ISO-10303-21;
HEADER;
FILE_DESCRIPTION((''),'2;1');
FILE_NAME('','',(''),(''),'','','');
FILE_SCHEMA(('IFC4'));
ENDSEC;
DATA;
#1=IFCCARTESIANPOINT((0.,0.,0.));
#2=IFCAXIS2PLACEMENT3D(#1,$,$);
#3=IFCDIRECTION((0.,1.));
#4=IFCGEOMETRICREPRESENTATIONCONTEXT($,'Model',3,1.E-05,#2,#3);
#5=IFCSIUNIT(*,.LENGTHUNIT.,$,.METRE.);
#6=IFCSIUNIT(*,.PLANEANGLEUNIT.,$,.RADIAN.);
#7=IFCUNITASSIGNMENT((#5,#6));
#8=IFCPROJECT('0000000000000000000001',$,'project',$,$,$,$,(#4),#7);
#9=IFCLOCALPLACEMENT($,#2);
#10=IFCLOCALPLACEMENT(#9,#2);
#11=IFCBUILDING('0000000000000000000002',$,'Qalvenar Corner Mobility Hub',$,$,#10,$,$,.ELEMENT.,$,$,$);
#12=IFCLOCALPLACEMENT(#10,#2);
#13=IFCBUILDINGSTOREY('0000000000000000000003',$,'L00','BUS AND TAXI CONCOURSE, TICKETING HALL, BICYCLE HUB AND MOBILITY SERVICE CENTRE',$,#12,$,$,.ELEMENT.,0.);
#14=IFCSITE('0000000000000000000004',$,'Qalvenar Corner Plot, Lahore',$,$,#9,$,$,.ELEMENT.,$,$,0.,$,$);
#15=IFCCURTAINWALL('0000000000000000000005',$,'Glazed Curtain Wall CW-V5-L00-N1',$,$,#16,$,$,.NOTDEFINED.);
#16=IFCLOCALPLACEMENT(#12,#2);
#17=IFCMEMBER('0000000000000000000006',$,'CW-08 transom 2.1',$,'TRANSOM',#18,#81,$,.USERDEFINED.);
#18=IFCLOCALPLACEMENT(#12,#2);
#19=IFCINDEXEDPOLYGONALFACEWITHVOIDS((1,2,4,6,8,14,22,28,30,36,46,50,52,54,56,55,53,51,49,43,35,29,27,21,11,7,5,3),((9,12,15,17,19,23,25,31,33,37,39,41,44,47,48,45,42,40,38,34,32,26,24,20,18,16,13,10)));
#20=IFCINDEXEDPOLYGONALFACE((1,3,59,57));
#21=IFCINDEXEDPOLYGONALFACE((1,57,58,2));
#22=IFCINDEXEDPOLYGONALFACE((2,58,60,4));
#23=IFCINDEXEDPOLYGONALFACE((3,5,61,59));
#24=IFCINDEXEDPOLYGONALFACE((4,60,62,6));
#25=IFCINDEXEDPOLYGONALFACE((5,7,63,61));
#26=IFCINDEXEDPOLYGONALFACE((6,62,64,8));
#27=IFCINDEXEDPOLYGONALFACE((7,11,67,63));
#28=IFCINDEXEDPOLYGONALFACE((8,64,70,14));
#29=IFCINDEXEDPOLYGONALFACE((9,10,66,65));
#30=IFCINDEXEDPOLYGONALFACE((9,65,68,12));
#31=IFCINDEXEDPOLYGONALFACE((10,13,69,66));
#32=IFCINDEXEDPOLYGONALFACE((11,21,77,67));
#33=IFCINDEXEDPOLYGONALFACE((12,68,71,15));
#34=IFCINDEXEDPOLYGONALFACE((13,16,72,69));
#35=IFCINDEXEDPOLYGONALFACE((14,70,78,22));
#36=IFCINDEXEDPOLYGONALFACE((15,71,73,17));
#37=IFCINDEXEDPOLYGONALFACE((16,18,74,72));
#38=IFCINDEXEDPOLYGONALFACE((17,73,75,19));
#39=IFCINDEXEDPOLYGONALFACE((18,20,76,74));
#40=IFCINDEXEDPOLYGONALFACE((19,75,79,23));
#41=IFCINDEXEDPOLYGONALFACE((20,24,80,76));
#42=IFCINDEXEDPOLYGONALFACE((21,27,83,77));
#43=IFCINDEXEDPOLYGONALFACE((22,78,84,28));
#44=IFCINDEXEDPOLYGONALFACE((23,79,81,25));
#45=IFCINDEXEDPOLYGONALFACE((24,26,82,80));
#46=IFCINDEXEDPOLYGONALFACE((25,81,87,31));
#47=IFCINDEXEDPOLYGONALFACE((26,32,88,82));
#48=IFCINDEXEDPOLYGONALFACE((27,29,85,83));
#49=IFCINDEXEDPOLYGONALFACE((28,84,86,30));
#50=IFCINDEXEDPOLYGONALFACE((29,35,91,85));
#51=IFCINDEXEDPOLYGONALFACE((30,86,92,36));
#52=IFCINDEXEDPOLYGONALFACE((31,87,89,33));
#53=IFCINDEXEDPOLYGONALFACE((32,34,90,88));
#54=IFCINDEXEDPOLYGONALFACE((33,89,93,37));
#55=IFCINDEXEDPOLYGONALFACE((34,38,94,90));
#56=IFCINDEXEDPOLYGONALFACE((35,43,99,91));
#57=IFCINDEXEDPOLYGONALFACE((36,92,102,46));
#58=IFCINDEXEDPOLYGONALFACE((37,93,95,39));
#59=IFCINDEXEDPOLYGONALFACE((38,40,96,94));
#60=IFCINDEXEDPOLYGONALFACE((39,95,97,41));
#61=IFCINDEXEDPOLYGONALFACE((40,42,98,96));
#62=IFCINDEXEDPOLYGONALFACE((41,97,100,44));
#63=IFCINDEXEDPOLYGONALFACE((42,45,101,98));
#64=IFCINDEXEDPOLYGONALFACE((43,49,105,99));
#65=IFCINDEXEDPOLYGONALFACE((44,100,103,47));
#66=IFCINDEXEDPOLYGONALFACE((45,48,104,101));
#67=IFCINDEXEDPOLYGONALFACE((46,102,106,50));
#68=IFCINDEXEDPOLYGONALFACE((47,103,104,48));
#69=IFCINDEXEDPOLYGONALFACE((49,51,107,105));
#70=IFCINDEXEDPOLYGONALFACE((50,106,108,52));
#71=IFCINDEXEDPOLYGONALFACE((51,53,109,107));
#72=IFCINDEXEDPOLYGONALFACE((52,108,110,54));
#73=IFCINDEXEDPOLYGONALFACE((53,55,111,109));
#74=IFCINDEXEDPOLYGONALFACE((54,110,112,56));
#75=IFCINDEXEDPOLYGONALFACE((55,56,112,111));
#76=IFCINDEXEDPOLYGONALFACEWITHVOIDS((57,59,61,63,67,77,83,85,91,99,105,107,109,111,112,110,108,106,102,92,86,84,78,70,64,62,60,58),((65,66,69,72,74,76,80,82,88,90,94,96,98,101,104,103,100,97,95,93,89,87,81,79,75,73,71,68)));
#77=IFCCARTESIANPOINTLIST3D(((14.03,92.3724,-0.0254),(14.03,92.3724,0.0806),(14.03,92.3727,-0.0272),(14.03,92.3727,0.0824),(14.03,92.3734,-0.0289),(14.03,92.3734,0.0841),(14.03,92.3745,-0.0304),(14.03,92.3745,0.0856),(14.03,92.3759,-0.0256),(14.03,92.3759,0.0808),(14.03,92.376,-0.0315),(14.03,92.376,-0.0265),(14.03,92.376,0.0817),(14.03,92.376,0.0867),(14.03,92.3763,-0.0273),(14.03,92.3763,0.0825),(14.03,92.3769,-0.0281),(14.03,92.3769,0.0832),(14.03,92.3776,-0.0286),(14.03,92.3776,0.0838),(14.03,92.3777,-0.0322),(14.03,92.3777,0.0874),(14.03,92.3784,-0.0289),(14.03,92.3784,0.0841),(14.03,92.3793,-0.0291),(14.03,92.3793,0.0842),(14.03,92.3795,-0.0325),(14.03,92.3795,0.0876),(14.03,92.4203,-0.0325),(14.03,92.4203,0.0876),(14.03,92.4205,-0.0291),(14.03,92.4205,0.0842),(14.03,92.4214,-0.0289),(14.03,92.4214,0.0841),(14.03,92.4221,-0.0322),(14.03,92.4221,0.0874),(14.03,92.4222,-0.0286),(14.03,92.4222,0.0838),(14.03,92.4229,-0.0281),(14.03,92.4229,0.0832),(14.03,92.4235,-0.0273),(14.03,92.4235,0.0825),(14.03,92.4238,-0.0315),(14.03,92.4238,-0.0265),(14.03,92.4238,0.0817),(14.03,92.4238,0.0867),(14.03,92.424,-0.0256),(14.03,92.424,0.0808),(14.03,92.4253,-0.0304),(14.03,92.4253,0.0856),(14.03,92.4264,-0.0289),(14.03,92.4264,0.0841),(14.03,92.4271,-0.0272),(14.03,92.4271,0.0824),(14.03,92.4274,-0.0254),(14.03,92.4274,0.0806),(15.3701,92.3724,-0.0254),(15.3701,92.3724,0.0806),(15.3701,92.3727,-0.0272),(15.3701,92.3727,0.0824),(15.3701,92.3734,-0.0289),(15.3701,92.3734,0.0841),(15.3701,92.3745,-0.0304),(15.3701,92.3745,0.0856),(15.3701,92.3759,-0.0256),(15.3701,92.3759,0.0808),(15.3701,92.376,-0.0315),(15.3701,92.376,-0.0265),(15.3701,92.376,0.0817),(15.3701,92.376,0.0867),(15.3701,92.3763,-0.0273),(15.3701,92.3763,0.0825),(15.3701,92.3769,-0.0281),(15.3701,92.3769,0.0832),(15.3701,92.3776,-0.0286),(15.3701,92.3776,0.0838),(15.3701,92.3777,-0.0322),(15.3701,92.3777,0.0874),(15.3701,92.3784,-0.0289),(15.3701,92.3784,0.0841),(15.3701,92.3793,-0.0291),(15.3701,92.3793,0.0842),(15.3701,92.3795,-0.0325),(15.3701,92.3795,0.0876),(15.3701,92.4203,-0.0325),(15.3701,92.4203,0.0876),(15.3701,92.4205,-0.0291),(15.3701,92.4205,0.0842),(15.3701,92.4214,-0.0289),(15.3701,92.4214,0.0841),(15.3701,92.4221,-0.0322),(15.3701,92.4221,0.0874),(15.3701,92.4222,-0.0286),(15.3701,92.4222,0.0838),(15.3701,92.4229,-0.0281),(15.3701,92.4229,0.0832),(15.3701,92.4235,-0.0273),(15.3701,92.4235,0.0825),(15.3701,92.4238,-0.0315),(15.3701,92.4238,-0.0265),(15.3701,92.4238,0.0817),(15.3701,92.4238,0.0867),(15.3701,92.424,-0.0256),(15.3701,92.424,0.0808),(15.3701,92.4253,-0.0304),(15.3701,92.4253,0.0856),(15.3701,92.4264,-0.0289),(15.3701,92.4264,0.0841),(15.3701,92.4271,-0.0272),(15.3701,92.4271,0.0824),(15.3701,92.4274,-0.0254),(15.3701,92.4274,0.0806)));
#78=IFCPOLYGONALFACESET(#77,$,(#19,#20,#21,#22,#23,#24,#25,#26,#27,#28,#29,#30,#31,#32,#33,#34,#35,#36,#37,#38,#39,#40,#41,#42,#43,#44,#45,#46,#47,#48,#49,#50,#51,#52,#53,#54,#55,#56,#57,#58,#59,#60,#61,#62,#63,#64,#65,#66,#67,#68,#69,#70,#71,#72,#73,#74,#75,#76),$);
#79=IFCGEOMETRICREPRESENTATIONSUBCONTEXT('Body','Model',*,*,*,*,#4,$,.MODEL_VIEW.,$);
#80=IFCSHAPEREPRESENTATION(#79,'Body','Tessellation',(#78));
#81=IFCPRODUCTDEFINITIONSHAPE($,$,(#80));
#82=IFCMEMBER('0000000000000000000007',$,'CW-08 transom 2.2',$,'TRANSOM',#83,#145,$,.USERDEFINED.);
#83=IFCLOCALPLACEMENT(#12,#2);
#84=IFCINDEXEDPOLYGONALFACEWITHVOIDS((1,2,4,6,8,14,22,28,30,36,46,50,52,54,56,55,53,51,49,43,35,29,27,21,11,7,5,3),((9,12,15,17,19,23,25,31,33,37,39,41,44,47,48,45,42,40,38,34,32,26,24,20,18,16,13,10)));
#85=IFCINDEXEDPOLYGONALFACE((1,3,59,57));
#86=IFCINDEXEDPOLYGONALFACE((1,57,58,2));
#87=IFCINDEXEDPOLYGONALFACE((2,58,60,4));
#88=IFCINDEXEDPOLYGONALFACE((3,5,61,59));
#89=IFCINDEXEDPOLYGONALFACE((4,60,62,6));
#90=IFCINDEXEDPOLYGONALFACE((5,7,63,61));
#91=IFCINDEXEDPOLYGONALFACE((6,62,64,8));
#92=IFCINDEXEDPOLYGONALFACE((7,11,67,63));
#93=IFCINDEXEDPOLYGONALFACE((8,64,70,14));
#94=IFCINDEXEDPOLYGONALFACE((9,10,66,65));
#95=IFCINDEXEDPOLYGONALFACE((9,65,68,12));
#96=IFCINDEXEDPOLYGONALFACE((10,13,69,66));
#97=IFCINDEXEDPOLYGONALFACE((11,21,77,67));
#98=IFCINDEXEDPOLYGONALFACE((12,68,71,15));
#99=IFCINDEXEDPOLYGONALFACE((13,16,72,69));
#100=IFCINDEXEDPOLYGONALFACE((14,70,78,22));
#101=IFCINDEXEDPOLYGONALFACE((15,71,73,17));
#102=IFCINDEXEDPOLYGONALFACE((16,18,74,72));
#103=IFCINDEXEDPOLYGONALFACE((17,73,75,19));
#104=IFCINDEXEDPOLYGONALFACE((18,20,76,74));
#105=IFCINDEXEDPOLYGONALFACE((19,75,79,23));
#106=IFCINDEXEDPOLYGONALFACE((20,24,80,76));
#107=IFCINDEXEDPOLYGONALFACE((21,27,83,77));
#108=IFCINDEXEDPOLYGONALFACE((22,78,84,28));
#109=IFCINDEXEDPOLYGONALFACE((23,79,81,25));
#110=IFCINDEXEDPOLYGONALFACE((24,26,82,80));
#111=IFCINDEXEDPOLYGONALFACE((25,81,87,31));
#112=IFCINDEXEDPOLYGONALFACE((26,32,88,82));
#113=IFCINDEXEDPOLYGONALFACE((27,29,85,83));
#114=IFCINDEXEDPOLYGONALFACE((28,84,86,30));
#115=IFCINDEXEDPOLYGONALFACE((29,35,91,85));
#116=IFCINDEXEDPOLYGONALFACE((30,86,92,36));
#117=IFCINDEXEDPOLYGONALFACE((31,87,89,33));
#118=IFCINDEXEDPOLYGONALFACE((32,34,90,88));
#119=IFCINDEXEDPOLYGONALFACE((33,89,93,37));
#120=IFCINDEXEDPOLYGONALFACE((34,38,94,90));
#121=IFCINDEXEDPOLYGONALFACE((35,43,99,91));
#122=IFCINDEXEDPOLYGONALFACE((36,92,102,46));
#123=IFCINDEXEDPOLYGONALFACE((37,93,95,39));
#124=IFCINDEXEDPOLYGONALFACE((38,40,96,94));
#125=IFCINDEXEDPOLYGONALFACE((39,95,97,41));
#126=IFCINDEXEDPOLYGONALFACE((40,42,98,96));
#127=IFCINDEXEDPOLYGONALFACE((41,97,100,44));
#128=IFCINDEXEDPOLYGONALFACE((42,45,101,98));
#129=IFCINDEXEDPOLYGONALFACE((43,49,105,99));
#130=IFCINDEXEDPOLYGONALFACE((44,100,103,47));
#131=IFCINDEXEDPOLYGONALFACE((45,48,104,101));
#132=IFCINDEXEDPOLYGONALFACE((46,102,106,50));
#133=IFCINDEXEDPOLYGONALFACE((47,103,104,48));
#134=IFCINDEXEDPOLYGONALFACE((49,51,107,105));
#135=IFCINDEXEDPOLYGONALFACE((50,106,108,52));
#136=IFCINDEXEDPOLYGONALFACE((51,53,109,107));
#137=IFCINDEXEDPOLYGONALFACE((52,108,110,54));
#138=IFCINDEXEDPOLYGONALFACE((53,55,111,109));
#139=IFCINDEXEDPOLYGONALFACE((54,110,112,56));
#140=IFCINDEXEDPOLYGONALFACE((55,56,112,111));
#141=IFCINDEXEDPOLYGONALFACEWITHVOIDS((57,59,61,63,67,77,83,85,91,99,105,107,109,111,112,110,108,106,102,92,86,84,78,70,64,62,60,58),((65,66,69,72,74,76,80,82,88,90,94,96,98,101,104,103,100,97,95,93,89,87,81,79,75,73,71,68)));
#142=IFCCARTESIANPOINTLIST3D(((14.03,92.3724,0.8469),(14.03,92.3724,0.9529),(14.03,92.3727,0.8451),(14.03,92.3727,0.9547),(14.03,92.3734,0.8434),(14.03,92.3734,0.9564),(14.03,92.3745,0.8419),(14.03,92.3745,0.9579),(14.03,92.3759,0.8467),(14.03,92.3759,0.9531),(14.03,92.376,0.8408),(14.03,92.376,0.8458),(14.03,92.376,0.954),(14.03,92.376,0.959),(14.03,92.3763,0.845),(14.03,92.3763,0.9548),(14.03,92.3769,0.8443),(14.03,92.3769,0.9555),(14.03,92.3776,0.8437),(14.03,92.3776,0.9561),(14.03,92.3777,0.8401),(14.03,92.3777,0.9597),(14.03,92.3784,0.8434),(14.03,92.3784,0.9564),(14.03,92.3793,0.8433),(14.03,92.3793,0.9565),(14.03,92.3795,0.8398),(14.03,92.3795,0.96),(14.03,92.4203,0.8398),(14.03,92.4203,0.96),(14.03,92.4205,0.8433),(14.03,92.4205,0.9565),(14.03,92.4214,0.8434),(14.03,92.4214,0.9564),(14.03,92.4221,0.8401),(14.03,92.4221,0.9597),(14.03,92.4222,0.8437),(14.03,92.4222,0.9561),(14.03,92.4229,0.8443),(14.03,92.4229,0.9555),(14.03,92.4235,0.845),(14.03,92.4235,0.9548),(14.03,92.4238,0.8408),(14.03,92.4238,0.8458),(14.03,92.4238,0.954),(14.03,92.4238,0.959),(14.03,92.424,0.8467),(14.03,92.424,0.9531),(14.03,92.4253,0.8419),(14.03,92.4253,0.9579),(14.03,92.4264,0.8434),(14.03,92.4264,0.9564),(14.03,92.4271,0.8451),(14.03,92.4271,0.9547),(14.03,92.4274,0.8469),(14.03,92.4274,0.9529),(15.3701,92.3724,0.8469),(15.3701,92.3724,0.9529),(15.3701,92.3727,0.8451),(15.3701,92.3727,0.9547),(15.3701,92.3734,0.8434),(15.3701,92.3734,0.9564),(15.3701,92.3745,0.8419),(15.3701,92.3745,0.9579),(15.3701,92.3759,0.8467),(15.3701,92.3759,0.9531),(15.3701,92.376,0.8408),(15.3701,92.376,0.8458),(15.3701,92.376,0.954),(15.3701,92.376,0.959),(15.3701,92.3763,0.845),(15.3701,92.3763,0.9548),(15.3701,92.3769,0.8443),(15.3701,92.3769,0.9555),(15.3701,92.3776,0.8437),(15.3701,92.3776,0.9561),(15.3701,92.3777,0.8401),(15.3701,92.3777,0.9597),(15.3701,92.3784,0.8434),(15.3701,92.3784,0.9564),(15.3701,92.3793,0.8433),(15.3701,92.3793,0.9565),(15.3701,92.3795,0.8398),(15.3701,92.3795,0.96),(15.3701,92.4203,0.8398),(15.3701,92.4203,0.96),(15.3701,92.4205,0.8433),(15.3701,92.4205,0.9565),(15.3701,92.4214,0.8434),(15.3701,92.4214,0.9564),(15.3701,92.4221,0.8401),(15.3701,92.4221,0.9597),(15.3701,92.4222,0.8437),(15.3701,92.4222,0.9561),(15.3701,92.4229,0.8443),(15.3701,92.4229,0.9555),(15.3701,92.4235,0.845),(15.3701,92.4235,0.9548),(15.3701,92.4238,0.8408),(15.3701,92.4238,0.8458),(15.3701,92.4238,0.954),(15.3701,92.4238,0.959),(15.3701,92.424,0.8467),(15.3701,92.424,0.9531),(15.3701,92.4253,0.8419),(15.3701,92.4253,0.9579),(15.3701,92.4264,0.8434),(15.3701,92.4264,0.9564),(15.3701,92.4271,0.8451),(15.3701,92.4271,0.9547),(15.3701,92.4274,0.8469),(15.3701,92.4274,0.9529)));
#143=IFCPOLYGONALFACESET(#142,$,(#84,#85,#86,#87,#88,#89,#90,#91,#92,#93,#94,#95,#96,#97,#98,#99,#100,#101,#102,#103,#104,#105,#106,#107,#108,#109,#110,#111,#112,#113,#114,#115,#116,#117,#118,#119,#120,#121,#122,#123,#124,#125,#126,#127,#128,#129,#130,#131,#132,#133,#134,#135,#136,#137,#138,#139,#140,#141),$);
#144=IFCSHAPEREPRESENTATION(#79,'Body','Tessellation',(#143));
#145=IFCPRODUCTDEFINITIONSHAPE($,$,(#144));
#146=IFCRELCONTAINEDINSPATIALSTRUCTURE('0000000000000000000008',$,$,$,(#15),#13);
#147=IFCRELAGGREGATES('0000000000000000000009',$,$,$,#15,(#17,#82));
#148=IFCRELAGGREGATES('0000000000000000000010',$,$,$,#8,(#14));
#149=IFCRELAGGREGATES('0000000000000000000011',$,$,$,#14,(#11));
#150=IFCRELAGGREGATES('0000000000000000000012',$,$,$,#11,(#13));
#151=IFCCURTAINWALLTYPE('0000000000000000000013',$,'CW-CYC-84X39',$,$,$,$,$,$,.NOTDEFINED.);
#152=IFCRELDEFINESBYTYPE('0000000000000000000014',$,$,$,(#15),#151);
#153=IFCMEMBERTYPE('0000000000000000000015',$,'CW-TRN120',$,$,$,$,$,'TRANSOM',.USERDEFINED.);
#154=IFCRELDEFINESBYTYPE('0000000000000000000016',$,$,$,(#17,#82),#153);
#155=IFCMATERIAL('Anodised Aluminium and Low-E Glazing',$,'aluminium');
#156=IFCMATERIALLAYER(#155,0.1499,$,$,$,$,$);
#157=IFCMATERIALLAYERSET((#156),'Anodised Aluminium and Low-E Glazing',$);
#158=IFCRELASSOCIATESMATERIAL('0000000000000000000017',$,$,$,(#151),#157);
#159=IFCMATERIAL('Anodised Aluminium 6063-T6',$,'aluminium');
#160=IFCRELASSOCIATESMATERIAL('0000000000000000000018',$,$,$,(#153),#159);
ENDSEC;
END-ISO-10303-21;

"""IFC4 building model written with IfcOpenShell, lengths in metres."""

from ifc_helpers import new_model, si_unit, direction, frame, origin, origin_2d, place, context, subcontext, project, spatial, hollow_rectangle, extrude, material, layer, layer_set, material_profile, profile_set, type_object, element, aggregate, save


model = new_model("IFC4")

# Units and contexts
model_context = context("Model", 3, precision=1e-05, world=origin(), true_north=direction((0.0, 1.0)))
body_context = subcontext(model_context, "Body", "Model", "MODEL_VIEW")
ifc_project = project(units=[si_unit("LENGTHUNIT", "METRE"), si_unit("PLANEANGLEUNIT", "RADIAN")], contexts=[model_context])

# Site, building, storey
site_placement = place(None, origin())
site = spatial("IfcSite", under=ifc_project, at=site_placement, Name="Qalvenar Corner Plot, Lahore", CompositionType="ELEMENT", RefElevation=0.0)
building_placement = place(site_placement, origin())
building = spatial("IfcBuilding", under=site, at=building_placement, Name="Qalvenar Corner Mobility Hub", CompositionType="ELEMENT")
storey_placement = place(building_placement, origin())
storey = spatial("IfcBuildingStorey", under=building, at=storey_placement, Name="L00", Description="BUS AND TAXI CONCOURSE, TICKETING HALL, BICYCLE HUB AND MOBILITY SERVICE CENTRE", CompositionType="ELEMENT", Elevation=0.0)

# Curtain wall, members
ifc_material_1 = material(Name="Anodised Aluminium and Low-E Glazing", Category="aluminium")
ifc_layer_1 = layer(ifc_material_1, 0.1499)
ifc_layer_set_1 = layer_set([ifc_layer_1], Name="Anodised Aluminium and Low-E Glazing")
curtain_wall_type = type_object("IfcCurtainWallType", Name="CW-CYC-84X39", PredefinedType="NOTDEFINED", material=ifc_layer_set_1)
curtain_wall_placement = place(storey_placement, origin())
curtain_wall = element("IfcCurtainWall", 1, at=curtain_wall_placement, inside=storey, type_object=curtain_wall_type, Name="Glazed Curtain Wall CW-V5-L00-N1", PredefinedType="NOTDEFINED")
ifc_material_2 = material(Name="Anodised Aluminium 6063-T6", Category="aluminium")
ifc_material_profile_1 = material_profile(ifc_material_2, hollow_rectangle(XDim=0.0549, YDim=0.1201, WallThickness=0.0034, InnerFilletRadius=0.0034, OuterFilletRadius=0.0071, at=origin_2d()), Name="RHS120x55x3.5")
ifc_profile_set_1 = profile_set([ifc_material_profile_1], Name="Anodised Aluminium 6063-T6")
member_type_1 = type_object("IfcMemberType", Name="CW-TRN120", ElementType="TRANSOM", PredefinedType="USERDEFINED", material=ifc_profile_set_1)
member_1_placement = place(storey_placement, frame((15.3701, 92.3999, 0.0276), z_axis=(-1.0, 0.0, 0.0), x_axis=(0.0, -1.0, 0.0)))
member_1 = element("IfcMember", 2, at=member_1_placement, type_object=member_type_1, Name="CW-08 transom 2.1", ObjectType="TRANSOM", PredefinedType="USERDEFINED", context=body_context, shape_type="SweptSolid", body=[
    extrude(hollow_rectangle(XDim=0.0549, YDim=0.1201, WallThickness=0.0034, InnerFilletRadius=0.0034, OuterFilletRadius=0.0071, at=origin_2d()), origin(), (0.0, 0.0, 1.0), 1.3401),
])
member_2_placement = place(storey_placement, frame((15.3701, 92.3999, 0.8999), z_axis=(-1.0, 0.0, 0.0), x_axis=(0.0, -1.0, 0.0)))
member_2 = element("IfcMember", 3, at=member_2_placement, type_object=member_type_1, Name="CW-08 transom 2.2", ObjectType="TRANSOM", PredefinedType="USERDEFINED", context=body_context, shape_type="SweptSolid", body=[
    extrude(hollow_rectangle(XDim=0.0549, YDim=0.1201, WallThickness=0.0034, InnerFilletRadius=0.0034, OuterFilletRadius=0.0071, at=origin_2d()), origin(), (0.0, 0.0, 1.0), 1.3401),
])
aggregate(curtain_wall, [member_1, member_2])

save(model, "model.ifc")
